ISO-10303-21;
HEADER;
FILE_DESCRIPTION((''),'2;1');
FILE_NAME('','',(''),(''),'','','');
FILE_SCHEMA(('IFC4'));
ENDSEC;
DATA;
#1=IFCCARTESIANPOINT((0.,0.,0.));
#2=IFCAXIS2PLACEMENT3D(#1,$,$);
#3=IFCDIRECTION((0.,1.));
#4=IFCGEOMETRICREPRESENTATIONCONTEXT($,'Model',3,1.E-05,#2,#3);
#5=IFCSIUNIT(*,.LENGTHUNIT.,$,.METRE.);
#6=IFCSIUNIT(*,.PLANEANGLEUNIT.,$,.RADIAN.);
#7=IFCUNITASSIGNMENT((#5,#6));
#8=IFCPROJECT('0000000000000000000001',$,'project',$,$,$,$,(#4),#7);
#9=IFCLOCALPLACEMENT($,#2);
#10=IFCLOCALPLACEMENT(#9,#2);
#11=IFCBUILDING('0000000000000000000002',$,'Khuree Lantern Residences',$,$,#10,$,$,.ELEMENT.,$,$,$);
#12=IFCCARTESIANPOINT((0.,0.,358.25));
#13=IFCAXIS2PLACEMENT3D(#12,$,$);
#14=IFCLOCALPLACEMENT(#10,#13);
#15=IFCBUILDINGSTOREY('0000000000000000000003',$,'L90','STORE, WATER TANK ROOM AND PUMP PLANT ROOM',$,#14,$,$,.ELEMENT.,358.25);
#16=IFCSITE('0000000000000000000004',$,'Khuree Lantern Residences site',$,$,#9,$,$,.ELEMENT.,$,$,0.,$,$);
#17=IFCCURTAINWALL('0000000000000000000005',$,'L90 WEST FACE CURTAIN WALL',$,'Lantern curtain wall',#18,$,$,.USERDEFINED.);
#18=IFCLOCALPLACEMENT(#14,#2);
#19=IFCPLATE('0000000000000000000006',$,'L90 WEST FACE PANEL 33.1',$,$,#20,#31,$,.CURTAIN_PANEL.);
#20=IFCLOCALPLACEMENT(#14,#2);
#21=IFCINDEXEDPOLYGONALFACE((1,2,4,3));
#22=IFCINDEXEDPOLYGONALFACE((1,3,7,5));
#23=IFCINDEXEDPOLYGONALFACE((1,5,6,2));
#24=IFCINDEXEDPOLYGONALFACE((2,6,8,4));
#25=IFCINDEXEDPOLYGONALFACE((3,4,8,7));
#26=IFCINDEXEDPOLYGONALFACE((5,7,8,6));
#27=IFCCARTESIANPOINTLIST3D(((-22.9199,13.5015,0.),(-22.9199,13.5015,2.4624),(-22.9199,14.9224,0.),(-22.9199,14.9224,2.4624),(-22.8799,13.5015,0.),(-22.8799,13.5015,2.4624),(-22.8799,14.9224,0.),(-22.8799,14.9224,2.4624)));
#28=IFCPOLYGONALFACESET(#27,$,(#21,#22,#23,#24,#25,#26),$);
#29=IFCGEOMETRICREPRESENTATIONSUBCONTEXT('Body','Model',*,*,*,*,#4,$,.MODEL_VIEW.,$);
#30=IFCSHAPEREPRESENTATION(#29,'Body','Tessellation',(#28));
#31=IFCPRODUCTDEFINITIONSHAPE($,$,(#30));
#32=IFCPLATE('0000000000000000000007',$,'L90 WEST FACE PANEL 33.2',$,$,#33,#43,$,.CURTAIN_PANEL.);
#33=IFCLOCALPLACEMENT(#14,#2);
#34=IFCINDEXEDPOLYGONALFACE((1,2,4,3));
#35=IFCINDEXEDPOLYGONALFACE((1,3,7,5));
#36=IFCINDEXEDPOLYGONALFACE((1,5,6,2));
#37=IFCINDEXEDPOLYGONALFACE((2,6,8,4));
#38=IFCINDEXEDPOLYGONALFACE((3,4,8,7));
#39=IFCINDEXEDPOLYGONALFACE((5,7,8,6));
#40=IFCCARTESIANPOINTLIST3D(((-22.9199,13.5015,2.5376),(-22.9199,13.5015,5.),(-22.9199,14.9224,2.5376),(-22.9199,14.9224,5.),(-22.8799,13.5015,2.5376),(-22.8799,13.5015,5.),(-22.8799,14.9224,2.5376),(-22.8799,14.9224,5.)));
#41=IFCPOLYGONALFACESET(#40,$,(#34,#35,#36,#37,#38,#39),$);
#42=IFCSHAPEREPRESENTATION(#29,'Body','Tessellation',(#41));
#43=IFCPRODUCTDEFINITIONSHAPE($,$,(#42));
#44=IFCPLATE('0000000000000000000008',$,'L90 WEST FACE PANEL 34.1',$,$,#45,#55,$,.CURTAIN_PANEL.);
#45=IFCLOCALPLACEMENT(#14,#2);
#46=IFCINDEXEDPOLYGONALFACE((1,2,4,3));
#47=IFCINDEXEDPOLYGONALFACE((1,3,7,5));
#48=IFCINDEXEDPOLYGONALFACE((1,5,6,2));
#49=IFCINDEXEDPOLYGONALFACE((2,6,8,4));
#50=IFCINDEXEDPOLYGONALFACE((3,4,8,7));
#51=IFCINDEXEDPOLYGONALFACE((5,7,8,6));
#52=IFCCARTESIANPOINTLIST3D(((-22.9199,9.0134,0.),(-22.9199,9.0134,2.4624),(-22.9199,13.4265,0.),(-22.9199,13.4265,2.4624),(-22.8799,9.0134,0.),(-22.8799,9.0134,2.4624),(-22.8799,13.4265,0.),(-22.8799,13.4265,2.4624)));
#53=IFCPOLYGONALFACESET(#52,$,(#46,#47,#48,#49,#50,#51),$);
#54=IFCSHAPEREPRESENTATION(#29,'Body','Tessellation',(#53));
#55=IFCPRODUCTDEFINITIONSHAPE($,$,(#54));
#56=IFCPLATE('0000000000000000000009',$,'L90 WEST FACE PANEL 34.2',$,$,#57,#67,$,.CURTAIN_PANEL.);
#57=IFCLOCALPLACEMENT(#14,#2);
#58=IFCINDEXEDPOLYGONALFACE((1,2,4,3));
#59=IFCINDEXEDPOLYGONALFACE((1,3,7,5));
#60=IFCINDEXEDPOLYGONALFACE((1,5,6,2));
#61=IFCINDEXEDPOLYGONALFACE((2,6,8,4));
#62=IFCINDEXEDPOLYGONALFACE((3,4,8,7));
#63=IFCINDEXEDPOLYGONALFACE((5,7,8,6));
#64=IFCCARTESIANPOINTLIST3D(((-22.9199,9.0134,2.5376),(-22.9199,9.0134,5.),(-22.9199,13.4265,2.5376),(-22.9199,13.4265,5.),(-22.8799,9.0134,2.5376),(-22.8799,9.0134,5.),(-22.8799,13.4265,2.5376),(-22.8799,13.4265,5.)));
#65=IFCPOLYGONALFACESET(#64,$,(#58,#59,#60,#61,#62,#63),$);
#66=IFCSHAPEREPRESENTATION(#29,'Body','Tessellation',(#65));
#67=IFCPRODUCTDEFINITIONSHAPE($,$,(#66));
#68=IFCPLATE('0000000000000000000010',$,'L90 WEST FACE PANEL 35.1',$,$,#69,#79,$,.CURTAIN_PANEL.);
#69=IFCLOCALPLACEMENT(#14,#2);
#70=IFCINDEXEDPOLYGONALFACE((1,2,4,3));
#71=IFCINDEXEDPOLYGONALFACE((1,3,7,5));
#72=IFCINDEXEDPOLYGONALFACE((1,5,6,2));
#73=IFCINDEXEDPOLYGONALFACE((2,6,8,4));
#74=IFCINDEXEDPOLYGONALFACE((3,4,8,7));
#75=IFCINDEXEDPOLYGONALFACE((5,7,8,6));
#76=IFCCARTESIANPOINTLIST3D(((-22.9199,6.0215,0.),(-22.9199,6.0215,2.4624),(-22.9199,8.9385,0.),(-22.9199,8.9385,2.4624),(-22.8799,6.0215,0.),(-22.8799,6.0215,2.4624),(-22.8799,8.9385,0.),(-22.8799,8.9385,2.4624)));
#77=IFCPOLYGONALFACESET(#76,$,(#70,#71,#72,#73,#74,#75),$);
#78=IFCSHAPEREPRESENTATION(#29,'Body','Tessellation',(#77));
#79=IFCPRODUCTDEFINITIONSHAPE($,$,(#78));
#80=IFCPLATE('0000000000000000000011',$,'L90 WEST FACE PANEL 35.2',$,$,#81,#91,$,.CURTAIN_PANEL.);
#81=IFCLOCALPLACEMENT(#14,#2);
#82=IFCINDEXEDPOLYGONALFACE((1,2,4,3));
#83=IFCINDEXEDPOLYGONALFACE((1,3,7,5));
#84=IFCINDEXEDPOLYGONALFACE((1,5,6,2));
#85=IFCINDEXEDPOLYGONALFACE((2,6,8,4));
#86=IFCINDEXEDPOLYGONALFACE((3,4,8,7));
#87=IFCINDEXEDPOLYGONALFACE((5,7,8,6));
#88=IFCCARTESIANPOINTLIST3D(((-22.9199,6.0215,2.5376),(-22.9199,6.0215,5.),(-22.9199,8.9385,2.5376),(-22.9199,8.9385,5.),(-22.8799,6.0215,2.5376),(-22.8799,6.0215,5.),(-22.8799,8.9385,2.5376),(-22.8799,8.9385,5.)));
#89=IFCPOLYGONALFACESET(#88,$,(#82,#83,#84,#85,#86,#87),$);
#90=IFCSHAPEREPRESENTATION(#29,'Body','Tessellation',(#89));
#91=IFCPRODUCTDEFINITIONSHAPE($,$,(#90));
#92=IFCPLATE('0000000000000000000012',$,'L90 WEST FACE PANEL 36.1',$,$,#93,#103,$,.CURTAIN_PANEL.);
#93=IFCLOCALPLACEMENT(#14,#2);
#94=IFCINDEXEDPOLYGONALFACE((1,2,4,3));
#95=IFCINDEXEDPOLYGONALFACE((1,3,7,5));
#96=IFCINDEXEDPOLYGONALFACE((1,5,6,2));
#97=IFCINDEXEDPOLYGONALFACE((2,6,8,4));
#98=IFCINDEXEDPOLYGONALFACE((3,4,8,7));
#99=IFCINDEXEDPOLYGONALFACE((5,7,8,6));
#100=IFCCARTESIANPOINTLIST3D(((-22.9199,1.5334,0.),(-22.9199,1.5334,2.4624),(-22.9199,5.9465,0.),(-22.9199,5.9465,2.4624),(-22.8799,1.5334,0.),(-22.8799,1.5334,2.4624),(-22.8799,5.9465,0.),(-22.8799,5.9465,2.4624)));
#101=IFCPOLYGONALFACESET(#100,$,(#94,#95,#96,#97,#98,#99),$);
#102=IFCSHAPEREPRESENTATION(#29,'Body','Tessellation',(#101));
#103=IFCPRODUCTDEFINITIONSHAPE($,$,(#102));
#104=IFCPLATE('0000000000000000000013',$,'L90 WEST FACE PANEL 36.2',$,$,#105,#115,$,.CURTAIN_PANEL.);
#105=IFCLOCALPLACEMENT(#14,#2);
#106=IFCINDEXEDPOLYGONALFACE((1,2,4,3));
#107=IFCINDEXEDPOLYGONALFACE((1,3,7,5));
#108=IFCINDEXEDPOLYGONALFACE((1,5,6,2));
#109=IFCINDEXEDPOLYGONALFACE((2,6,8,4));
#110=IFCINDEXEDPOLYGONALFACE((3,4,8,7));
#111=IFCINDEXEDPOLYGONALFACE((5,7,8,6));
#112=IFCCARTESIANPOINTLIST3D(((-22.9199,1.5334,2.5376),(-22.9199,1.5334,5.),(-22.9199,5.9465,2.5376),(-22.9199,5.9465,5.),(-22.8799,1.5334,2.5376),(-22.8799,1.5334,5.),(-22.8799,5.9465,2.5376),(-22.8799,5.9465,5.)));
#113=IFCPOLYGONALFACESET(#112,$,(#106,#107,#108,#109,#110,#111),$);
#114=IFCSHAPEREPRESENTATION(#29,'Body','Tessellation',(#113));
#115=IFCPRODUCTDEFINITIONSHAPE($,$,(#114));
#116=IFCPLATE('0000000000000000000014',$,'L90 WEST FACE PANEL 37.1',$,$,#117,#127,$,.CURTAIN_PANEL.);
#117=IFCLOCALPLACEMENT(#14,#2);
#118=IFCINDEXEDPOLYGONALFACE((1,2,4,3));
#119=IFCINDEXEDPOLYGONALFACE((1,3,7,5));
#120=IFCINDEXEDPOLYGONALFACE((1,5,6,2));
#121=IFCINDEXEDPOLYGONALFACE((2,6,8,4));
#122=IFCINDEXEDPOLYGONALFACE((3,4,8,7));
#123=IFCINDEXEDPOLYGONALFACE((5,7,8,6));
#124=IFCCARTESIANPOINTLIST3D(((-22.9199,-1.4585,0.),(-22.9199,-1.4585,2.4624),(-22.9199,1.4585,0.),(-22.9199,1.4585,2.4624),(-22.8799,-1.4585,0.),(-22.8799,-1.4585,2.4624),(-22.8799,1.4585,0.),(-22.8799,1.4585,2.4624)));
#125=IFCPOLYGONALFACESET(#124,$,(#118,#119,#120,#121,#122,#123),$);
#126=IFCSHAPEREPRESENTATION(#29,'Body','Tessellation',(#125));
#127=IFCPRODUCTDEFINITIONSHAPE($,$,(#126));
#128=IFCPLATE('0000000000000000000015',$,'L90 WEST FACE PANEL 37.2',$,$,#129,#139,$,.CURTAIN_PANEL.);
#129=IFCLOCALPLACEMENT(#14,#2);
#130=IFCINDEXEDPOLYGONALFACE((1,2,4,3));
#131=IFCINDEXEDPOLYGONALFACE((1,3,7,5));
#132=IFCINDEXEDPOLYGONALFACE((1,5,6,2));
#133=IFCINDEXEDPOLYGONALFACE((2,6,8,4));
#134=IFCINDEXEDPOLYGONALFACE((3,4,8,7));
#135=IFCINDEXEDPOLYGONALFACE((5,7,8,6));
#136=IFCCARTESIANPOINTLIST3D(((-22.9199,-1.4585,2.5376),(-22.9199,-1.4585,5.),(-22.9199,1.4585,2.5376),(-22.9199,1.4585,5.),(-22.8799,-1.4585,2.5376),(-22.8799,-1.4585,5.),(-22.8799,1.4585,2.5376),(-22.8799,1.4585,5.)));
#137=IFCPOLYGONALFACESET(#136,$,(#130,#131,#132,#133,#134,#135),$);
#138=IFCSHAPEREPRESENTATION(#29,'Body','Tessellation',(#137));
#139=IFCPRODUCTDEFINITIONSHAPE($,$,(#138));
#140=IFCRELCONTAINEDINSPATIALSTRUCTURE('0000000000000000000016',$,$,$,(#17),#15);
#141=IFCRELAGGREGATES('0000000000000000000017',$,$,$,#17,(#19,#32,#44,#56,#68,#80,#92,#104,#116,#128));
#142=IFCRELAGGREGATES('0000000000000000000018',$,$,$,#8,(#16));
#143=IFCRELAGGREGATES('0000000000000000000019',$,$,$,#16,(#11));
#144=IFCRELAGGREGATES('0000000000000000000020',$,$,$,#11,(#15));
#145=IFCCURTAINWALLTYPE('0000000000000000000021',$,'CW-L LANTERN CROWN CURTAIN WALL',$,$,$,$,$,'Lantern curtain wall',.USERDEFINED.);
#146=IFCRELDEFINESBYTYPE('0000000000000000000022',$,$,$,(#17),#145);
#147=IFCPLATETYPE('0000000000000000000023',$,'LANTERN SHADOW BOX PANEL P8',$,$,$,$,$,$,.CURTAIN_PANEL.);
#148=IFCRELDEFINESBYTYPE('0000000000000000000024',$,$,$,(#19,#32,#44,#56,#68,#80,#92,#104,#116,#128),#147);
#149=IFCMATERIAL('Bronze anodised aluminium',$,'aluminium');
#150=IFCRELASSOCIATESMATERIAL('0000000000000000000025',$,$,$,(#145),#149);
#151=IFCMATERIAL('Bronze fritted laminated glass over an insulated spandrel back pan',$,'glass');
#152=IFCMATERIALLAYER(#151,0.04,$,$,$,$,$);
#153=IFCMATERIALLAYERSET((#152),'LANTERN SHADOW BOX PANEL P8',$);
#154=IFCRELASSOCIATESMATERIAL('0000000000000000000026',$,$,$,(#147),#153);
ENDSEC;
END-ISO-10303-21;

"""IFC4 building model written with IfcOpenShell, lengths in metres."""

from ifc_helpers import new_model, si_unit, direction, frame, origin, origin_2d, place, context, subcontext, project, spatial, rectangle, extrude, material, layer, layer_set, type_object, element, aggregate, save


model = new_model("IFC4")

# Units and contexts
model_context = context("Model", 3, precision=1e-05, world=origin(), true_north=direction((0.0, 1.0)))
body_context = subcontext(model_context, "Body", "Model", "MODEL_VIEW")
ifc_project = project(units=[si_unit("LENGTHUNIT", "METRE"), si_unit("PLANEANGLEUNIT", "RADIAN")], contexts=[model_context])

# Site, building, storey
site_placement = place(None, origin())
site = spatial("IfcSite", under=ifc_project, at=site_placement, Name="Khuree Lantern Residences site", CompositionType="ELEMENT", RefElevation=0.0)
building_placement = place(site_placement, origin())
building = spatial("IfcBuilding", under=site, at=building_placement, Name="Khuree Lantern Residences", CompositionType="ELEMENT")
storey_placement = place(building_placement, frame((0.0, 0.0, 358.25)))
storey = spatial("IfcBuildingStorey", under=building, at=storey_placement, Name="L90", Description="STORE, WATER TANK ROOM AND PUMP PLANT ROOM", CompositionType="ELEMENT", Elevation=358.25)

# Curtain wall, plates
ifc_material_1 = material(Name="Bronze anodised aluminium", Category="aluminium")
curtain_wall_type = type_object("IfcCurtainWallType", Name="CW-L LANTERN CROWN CURTAIN WALL", ElementType="Lantern curtain wall", PredefinedType="USERDEFINED", material=ifc_material_1)
curtain_wall_placement = place(storey_placement, origin())
curtain_wall = element("IfcCurtainWall", 1, at=curtain_wall_placement, inside=storey, type_object=curtain_wall_type, Name="L90 WEST FACE CURTAIN WALL", ObjectType="Lantern curtain wall", PredefinedType="USERDEFINED")
ifc_material_2 = material(Name="Bronze fritted laminated glass over an insulated spandrel back pan", Category="glass")
ifc_layer = layer(ifc_material_2, 0.04)
ifc_layer_set = layer_set([ifc_layer], Name="LANTERN SHADOW BOX PANEL P8")
plate_type = type_object("IfcPlateType", Name="LANTERN SHADOW BOX PANEL P8", PredefinedType="CURTAIN_PANEL", material=ifc_layer_set)
plate_1_placement = place(storey_placement, frame((-22.8999, 14.2119, 0.0), z_axis=(0.0, 0.0, 1.0), x_axis=(0.0, -1.0, 0.0)))
plate_1 = element("IfcPlate", 2, at=plate_1_placement, type_object=plate_type, Name="L90 WEST FACE PANEL 33.1", PredefinedType="CURTAIN_PANEL", context=body_context, shape_type="SweptSolid", body=[
    extrude(rectangle(XDim=1.4209, YDim=0.04, at=origin_2d()), origin(), (0.0, 0.0, 1.0), 2.4624),
])
plate_2_placement = place(storey_placement, frame((-22.8999, 14.2119, 2.5376), z_axis=(0.0, 0.0, 1.0), x_axis=(0.0, -1.0, 0.0)))
plate_2 = element("IfcPlate", 3, at=plate_2_placement, type_object=plate_type, Name="L90 WEST FACE PANEL 33.2", PredefinedType="CURTAIN_PANEL", context=body_context, shape_type="SweptSolid", body=[
    extrude(rectangle(XDim=1.4209, YDim=0.04, at=origin_2d()), origin(), (0.0, 0.0, 1.0), 2.4624),
])
plate_3_placement = place(storey_placement, frame((-22.8999, 11.22, 0.0), z_axis=(0.0, 0.0, 1.0), x_axis=(0.0, -1.0, 0.0)))
plate_3 = element("IfcPlate", 4, at=plate_3_placement, type_object=plate_type, Name="L90 WEST FACE PANEL 34.1", PredefinedType="CURTAIN_PANEL", context=body_context, shape_type="SweptSolid", body=[
    extrude(rectangle(XDim=4.4131, YDim=0.04, at=origin_2d()), origin(), (0.0, 0.0, 1.0), 2.4624),
])
plate_4_placement = place(storey_placement, frame((-22.8999, 11.22, 2.5376), z_axis=(0.0, 0.0, 1.0), x_axis=(0.0, -1.0, 0.0)))
plate_4 = element("IfcPlate", 5, at=plate_4_placement, type_object=plate_type, Name="L90 WEST FACE PANEL 34.2", PredefinedType="CURTAIN_PANEL", context=body_context, shape_type="SweptSolid", body=[
    extrude(rectangle(XDim=4.4131, YDim=0.04, at=origin_2d()), origin(), (0.0, 0.0, 1.0), 2.4624),
])
plate_5_placement = place(storey_placement, frame((-22.8999, 7.48, 0.0), z_axis=(0.0, 0.0, 1.0), x_axis=(0.0, -1.0, 0.0)))
plate_5 = element("IfcPlate", 6, at=plate_5_placement, type_object=plate_type, Name="L90 WEST FACE PANEL 35.1", PredefinedType="CURTAIN_PANEL", context=body_context, shape_type="SweptSolid", body=[
    extrude(rectangle(XDim=2.917, YDim=0.04, at=origin_2d()), origin(), (0.0, 0.0, 1.0), 2.4624),
])
plate_6_placement = place(storey_placement, frame((-22.8999, 7.48, 2.5376), z_axis=(0.0, 0.0, 1.0), x_axis=(0.0, -1.0, 0.0)))
plate_6 = element("IfcPlate", 7, at=plate_6_placement, type_object=plate_type, Name="L90 WEST FACE PANEL 35.2", PredefinedType="CURTAIN_PANEL", context=body_context, shape_type="SweptSolid", body=[
    extrude(rectangle(XDim=2.917, YDim=0.04, at=origin_2d()), origin(), (0.0, 0.0, 1.0), 2.4624),
])
plate_7_placement = place(storey_placement, frame((-22.8999, 3.74, 0.0), z_axis=(0.0, 0.0, 1.0), x_axis=(0.0, -1.0, 0.0)))
plate_7 = element("IfcPlate", 8, at=plate_7_placement, type_object=plate_type, Name="L90 WEST FACE PANEL 36.1", PredefinedType="CURTAIN_PANEL", context=body_context, shape_type="SweptSolid", body=[
    extrude(rectangle(XDim=4.4131, YDim=0.04, at=origin_2d()), origin(), (0.0, 0.0, 1.0), 2.4624),
])
plate_8_placement = place(storey_placement, frame((-22.8999, 3.74, 2.5376), z_axis=(0.0, 0.0, 1.0), x_axis=(0.0, -1.0, 0.0)))
plate_8 = element("IfcPlate", 9, at=plate_8_placement, type_object=plate_type, Name="L90 WEST FACE PANEL 36.2", PredefinedType="CURTAIN_PANEL", context=body_context, shape_type="SweptSolid", body=[
    extrude(rectangle(XDim=4.4131, YDim=0.04, at=origin_2d()), origin(), (0.0, 0.0, 1.0), 2.4624),
])
plate_9_placement = place(storey_placement, frame((-22.8999, 0.0, 0.0), z_axis=(0.0, 0.0, 1.0), x_axis=(0.0, -1.0, 0.0)))
plate_9 = element("IfcPlate", 10, at=plate_9_placement, type_object=plate_type, Name="L90 WEST FACE PANEL 37.1", PredefinedType="CURTAIN_PANEL", context=body_context, shape_type="SweptSolid", body=[
    extrude(rectangle(XDim=2.917, YDim=0.04, at=origin_2d()), origin(), (0.0, 0.0, 1.0), 2.4624),
])
plate_10_placement = place(storey_placement, frame((-22.8999, 0.0, 2.5376), z_axis=(0.0, 0.0, 1.0), x_axis=(0.0, -1.0, 0.0)))
plate_10 = element("IfcPlate", 11, at=plate_10_placement, type_object=plate_type, Name="L90 WEST FACE PANEL 37.2", PredefinedType="CURTAIN_PANEL", context=body_context, shape_type="SweptSolid", body=[
    extrude(rectangle(XDim=2.917, YDim=0.04, at=origin_2d()), origin(), (0.0, 0.0, 1.0), 2.4624),
])
aggregate(curtain_wall, [plate_1, plate_2, plate_3, plate_4, plate_5, plate_6, plate_7, plate_8, plate_9, plate_10])

save(model, "model.ifc")
